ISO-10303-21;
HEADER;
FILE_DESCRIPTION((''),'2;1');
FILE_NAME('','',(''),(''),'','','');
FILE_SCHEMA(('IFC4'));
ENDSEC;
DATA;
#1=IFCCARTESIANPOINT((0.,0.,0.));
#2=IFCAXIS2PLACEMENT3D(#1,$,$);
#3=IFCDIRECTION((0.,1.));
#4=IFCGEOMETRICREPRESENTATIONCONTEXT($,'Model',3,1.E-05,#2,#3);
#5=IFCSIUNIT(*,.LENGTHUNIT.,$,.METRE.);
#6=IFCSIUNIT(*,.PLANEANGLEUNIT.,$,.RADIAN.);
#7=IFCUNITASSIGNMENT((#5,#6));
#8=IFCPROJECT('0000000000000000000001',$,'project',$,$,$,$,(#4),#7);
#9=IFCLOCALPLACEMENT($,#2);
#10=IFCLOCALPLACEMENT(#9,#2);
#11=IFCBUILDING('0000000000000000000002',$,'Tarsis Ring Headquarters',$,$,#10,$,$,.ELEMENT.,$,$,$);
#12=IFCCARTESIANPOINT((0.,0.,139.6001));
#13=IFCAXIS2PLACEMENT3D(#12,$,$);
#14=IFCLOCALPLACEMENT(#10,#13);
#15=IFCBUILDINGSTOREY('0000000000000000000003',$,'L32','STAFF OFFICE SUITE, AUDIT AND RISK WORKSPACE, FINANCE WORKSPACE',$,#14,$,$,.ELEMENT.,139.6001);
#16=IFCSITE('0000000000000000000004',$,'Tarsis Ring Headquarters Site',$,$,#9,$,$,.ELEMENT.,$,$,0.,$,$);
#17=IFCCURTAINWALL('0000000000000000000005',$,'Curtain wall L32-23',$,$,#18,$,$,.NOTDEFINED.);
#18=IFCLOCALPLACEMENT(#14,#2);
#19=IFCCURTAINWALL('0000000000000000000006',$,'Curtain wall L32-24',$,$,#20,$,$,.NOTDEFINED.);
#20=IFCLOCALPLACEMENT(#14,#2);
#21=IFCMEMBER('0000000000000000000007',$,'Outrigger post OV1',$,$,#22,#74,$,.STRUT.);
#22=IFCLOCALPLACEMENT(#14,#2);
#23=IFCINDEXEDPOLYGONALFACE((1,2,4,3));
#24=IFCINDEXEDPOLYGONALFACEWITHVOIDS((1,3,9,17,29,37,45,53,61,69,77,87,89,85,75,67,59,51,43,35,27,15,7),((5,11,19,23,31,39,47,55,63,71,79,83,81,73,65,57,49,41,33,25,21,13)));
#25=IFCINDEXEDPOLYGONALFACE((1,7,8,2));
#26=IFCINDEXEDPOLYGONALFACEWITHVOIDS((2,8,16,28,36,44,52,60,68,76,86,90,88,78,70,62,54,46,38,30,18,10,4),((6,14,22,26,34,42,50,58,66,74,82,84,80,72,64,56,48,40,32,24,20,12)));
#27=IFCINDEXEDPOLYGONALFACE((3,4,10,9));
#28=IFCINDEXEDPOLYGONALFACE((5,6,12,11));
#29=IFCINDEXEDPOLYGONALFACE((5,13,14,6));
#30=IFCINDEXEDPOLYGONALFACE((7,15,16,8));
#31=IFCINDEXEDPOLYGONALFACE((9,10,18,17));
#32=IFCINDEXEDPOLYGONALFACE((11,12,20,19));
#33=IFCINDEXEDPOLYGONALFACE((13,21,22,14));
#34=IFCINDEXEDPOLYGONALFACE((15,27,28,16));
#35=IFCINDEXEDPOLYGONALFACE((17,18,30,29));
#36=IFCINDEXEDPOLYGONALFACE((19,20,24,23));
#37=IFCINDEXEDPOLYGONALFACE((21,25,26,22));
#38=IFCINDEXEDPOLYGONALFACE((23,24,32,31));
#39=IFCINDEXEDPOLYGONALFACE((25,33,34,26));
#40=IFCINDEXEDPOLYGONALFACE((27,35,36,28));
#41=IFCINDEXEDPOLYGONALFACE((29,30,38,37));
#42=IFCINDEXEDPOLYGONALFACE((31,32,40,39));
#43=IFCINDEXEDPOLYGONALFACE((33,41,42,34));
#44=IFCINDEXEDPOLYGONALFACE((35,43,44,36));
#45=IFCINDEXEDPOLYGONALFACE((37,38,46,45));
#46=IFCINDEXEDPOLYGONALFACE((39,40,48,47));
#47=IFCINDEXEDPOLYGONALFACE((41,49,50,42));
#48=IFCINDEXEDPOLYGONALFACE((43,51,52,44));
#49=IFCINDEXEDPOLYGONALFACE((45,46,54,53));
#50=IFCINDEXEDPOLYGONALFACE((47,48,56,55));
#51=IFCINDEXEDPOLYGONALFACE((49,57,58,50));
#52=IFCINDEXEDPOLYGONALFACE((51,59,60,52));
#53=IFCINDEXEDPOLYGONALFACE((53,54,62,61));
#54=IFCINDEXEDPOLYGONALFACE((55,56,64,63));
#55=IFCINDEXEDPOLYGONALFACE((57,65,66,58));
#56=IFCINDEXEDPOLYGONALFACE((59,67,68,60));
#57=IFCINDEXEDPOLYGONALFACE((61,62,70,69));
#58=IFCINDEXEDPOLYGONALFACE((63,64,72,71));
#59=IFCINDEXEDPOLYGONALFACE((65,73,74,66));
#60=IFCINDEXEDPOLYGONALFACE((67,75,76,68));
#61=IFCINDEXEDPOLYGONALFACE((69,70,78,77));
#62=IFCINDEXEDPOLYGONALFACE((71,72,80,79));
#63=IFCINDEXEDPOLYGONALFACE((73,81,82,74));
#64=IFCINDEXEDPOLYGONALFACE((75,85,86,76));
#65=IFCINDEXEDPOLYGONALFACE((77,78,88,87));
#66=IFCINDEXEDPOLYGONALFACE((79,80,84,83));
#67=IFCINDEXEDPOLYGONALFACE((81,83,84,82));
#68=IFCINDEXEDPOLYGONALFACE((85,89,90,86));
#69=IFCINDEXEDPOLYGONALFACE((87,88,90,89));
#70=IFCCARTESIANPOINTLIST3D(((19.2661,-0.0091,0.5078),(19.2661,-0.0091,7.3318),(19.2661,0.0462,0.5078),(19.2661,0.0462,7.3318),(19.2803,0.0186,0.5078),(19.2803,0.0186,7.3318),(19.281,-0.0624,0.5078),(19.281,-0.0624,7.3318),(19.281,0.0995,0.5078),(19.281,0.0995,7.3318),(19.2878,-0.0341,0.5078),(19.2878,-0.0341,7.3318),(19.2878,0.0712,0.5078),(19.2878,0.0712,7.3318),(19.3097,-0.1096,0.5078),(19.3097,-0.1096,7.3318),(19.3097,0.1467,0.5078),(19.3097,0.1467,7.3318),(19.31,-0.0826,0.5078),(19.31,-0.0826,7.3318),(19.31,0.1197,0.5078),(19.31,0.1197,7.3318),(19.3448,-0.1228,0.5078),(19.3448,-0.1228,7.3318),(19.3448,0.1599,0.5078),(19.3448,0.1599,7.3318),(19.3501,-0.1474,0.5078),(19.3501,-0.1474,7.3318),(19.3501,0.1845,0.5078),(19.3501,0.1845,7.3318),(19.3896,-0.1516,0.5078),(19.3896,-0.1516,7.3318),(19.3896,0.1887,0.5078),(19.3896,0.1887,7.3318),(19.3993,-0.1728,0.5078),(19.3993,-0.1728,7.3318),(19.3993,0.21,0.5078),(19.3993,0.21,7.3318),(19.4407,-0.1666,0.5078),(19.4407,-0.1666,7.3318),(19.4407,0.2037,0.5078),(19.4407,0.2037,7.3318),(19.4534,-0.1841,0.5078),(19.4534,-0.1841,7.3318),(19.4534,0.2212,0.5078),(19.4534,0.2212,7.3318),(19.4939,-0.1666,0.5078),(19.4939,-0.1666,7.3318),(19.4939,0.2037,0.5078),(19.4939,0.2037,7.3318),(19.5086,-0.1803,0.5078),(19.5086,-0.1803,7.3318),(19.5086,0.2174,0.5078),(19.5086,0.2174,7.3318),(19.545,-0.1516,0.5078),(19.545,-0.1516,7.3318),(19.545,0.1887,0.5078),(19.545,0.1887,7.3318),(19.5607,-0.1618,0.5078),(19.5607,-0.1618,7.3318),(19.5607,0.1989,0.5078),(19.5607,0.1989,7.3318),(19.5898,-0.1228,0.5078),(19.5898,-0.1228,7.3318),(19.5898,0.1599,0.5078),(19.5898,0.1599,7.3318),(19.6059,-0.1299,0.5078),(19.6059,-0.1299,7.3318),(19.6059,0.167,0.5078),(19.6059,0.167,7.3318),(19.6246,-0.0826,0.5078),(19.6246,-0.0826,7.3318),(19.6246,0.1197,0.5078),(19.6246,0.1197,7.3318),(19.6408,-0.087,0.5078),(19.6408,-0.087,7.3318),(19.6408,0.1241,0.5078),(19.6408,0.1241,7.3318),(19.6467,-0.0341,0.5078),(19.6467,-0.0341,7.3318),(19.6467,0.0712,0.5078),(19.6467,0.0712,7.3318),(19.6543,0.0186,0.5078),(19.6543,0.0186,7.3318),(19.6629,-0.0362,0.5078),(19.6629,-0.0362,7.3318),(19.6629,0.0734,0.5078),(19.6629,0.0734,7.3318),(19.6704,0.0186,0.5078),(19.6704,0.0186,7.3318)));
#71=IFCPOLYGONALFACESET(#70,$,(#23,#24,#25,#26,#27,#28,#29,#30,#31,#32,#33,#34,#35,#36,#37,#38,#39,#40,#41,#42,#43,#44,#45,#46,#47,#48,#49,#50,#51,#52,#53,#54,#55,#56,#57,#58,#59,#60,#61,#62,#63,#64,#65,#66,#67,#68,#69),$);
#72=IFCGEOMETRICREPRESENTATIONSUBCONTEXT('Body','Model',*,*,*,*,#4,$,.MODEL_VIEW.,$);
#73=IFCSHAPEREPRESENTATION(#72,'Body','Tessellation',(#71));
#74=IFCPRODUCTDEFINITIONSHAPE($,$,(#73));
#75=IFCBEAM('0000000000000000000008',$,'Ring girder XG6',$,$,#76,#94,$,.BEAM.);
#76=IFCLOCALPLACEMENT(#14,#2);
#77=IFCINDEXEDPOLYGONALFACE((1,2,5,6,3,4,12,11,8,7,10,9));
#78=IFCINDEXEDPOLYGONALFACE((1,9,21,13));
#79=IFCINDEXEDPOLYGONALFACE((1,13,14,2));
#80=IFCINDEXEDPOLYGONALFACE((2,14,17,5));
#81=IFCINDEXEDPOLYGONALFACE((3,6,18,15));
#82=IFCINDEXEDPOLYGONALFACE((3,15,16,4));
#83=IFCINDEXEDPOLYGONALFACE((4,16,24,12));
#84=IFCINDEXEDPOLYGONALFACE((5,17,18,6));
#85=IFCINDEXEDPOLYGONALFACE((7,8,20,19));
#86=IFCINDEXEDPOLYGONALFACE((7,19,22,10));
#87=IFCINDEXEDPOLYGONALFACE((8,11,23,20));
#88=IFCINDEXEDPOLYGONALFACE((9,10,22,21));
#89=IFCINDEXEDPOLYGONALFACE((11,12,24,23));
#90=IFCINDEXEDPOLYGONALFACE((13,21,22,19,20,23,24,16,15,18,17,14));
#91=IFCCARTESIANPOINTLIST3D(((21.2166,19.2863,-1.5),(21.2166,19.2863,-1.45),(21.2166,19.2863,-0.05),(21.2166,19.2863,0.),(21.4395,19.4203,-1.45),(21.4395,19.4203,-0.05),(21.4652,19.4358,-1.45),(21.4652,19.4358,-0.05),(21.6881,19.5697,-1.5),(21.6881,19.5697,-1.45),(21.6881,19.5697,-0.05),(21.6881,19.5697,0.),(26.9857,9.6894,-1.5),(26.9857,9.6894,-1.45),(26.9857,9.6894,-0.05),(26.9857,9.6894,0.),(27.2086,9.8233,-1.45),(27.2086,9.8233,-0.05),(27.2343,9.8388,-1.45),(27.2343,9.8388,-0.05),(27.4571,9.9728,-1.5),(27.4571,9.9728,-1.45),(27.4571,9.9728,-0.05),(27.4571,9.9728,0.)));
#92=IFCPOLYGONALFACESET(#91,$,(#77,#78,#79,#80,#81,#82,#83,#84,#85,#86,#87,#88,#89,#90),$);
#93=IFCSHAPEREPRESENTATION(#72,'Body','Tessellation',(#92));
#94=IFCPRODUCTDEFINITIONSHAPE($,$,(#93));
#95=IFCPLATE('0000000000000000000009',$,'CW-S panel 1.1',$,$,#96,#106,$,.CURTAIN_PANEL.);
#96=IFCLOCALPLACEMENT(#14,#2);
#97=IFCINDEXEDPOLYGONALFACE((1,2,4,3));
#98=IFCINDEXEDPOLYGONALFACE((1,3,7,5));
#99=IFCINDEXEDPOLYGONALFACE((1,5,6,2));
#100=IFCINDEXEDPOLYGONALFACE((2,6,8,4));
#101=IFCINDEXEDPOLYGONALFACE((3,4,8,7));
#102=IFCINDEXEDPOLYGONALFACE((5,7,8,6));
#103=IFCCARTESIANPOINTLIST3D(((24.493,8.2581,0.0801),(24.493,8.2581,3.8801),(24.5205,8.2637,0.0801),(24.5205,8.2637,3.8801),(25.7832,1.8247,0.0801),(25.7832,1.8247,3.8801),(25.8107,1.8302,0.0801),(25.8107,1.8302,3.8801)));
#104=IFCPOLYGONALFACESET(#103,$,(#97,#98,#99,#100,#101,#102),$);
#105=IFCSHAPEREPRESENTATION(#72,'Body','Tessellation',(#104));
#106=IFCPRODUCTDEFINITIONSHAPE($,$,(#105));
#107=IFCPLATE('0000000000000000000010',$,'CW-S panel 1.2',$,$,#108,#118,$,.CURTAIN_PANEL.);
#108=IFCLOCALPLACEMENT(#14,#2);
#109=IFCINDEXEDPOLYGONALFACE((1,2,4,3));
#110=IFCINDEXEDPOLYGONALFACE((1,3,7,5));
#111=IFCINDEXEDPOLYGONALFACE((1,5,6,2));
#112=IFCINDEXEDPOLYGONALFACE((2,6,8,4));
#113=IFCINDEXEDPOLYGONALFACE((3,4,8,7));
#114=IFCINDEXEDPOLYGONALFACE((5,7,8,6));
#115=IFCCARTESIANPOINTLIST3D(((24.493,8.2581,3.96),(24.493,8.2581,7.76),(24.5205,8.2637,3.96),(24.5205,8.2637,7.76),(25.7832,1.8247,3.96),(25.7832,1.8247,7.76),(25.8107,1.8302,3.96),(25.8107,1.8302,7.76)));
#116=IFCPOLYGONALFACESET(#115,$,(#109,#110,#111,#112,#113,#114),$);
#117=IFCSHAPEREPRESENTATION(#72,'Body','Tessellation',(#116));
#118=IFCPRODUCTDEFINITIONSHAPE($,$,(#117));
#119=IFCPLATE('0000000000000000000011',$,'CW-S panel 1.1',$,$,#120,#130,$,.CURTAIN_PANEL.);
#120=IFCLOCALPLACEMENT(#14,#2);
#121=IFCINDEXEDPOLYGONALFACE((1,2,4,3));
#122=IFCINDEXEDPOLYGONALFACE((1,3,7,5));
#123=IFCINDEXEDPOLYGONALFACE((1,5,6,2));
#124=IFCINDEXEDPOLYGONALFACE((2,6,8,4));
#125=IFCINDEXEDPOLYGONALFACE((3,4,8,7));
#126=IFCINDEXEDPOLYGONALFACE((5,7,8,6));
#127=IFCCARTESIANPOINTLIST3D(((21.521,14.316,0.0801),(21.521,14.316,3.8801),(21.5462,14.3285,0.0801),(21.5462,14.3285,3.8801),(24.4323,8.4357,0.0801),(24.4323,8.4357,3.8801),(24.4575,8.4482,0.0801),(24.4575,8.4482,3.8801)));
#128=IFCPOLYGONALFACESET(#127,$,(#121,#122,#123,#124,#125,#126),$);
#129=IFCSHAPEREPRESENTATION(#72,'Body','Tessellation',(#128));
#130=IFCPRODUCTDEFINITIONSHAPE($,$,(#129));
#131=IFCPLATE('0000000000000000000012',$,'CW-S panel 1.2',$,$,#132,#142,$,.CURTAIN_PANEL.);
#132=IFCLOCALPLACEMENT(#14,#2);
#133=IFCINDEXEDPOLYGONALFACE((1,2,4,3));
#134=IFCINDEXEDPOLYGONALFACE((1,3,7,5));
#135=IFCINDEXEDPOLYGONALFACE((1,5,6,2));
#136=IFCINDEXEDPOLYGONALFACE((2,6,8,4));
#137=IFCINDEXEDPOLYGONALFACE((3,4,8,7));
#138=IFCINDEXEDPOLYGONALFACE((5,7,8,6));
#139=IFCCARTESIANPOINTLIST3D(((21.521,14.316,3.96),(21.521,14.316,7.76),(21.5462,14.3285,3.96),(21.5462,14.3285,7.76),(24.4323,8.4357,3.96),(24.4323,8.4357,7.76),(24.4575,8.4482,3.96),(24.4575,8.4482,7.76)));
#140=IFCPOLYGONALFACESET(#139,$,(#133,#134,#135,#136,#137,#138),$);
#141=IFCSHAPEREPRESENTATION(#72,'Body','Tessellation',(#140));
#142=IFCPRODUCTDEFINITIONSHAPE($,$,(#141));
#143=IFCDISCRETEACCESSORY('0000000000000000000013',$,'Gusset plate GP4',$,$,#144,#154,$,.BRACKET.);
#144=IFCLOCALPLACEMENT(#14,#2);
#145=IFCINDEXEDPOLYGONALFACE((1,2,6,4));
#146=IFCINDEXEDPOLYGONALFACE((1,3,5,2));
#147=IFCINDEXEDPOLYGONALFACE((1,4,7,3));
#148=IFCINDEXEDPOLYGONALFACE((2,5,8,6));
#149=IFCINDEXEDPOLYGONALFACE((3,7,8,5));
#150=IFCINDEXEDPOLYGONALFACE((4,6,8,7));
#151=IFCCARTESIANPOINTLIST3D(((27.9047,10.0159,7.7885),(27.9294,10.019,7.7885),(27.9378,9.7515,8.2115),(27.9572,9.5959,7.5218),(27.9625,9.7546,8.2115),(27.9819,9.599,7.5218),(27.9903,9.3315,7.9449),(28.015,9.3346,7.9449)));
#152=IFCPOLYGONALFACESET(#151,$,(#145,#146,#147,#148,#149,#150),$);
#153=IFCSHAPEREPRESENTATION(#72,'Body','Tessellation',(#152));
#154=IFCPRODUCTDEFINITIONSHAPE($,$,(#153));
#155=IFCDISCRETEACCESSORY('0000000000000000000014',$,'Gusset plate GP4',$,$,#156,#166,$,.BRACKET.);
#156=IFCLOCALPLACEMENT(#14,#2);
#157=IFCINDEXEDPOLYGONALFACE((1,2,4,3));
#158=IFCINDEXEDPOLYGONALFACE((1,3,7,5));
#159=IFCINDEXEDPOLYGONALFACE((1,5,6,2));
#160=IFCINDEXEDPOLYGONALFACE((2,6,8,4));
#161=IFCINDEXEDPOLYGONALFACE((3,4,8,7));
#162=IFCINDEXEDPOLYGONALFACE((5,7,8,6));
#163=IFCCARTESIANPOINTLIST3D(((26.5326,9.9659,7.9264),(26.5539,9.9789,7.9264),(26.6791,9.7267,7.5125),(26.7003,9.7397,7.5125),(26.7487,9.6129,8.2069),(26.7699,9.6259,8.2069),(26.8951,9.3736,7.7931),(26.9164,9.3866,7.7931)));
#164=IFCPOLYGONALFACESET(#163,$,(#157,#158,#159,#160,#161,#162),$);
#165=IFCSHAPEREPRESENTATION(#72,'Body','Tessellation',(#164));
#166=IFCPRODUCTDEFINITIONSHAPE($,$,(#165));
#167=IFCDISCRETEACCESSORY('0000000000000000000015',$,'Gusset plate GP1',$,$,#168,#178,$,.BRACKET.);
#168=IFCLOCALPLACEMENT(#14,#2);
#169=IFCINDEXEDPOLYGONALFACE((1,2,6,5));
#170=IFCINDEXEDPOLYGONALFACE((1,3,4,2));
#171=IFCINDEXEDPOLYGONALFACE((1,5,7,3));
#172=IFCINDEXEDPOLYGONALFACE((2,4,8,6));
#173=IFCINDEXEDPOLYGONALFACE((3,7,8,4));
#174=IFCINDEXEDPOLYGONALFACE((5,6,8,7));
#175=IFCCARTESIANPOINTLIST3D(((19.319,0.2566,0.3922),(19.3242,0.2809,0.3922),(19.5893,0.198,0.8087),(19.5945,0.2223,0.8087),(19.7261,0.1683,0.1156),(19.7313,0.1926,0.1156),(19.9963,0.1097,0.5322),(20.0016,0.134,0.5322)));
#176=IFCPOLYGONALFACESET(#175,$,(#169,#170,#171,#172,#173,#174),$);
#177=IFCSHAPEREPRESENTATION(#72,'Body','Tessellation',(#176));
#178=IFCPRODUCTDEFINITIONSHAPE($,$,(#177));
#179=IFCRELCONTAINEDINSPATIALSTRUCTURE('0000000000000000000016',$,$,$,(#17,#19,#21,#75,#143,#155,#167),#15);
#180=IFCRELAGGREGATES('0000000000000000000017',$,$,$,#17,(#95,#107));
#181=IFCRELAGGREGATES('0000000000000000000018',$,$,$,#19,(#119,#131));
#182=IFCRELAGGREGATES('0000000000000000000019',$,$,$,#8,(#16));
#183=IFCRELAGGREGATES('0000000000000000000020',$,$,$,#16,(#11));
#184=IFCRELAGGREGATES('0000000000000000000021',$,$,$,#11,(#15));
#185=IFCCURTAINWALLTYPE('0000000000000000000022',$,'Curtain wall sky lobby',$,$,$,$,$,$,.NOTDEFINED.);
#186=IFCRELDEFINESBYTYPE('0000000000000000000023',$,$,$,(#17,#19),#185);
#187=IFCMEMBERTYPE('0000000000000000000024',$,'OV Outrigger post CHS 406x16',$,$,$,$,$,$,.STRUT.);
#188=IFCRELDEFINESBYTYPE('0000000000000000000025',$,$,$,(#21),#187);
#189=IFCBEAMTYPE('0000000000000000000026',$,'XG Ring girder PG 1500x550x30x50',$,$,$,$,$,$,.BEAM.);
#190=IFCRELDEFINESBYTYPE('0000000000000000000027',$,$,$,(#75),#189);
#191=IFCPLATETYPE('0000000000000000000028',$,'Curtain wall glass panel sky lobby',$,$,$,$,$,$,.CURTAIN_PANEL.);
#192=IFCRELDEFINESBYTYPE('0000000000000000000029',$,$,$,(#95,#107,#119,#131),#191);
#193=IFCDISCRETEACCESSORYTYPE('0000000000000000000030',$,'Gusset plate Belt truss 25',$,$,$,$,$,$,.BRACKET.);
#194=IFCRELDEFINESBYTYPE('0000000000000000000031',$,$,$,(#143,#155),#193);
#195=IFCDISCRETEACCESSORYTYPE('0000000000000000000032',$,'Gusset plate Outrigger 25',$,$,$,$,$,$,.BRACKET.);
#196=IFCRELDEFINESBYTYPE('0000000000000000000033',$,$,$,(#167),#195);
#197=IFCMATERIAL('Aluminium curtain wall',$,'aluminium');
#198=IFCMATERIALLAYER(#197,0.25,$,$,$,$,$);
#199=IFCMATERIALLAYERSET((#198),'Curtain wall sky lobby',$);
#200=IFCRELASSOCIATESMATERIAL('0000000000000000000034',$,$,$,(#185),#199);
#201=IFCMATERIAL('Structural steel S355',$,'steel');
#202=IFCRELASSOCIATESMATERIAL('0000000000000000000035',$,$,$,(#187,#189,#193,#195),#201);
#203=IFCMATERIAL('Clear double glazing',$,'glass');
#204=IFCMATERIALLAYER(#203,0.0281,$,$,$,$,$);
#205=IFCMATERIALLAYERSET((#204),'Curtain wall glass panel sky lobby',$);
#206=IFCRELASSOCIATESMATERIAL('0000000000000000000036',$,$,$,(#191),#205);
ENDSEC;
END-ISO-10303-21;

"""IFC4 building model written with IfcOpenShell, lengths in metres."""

from ifc_helpers import new_model, si_unit, direction, frame, origin, origin_2d, place, context, subcontext, project, spatial, rectangle, hollow_circle, i_section, extrude, material, layer, layer_set, material_profile, profile_set, type_object, element, aggregate, save


model = new_model("IFC4")

# Units and contexts
model_context = context("Model", 3, precision=1e-05, world=origin(), true_north=direction((0.0, 1.0)))
body_context = subcontext(model_context, "Body", "Model", "MODEL_VIEW")
ifc_project = project(units=[si_unit("LENGTHUNIT", "METRE"), si_unit("PLANEANGLEUNIT", "RADIAN")], contexts=[model_context])

# Site, building, storey
site_placement = place(None, origin())
site = spatial("IfcSite", under=ifc_project, at=site_placement, Name="Tarsis Ring Headquarters Site", CompositionType="ELEMENT", RefElevation=0.0)
building_placement = place(site_placement, origin())
building = spatial("IfcBuilding", under=site, at=building_placement, Name="Tarsis Ring Headquarters", CompositionType="ELEMENT")
storey_placement = place(building_placement, frame((0.0, 0.0, 139.6001)))
storey = spatial("IfcBuildingStorey", under=building, at=storey_placement, Name="L32", Description="STAFF OFFICE SUITE, AUDIT AND RISK WORKSPACE, FINANCE WORKSPACE", CompositionType="ELEMENT", Elevation=139.6001)

# Shared definitions
ifc_material_1 = material(Name="Structural steel S355", Category="steel")

# Curtain wall
ifc_material_2 = material(Name="Aluminium curtain wall", Category="aluminium")
ifc_layer_1 = layer(ifc_material_2, 0.25)
ifc_layer_set_1 = layer_set([ifc_layer_1], Name="Curtain wall sky lobby")
curtain_wall_type = type_object("IfcCurtainWallType", Name="Curtain wall sky lobby", PredefinedType="NOTDEFINED", material=ifc_layer_set_1)
curtain_wall_1_placement = place(storey_placement, origin())
curtain_wall_1 = element("IfcCurtainWall", 1, at=curtain_wall_1_placement, inside=storey, type_object=curtain_wall_type, Name="Curtain wall L32-23", PredefinedType="NOTDEFINED")

# Curtain wall
curtain_wall_2_placement = place(storey_placement, origin())
curtain_wall_2 = element("IfcCurtainWall", 2, at=curtain_wall_2_placement, inside=storey, type_object=curtain_wall_type, Name="Curtain wall L32-24", PredefinedType="NOTDEFINED")

# Member
ifc_material_profile_1 = material_profile(ifc_material_1, hollow_circle(Radius=0.2031, WallThickness=0.0161, at=origin_2d()), Name="CHS 406x16")
ifc_profile_set_1 = profile_set([ifc_material_profile_1], Name="Structural steel S355")
member_type_1 = type_object("IfcMemberType", Name="OV Outrigger post CHS 406x16", PredefinedType="STRUT", material=ifc_profile_set_1)
member_1_placement = place(storey_placement, frame((19.4673, 0.0186, 0.5078), z_axis=(0.0, 0.0, 1.0), x_axis=(1.0, 0.0, 0.0)))
element("IfcMember", 3, at=member_1_placement, inside=storey, type_object=member_type_1, Name="Outrigger post OV1", PredefinedType="STRUT", context=body_context, shape_type="SweptSolid", body=[
    extrude(hollow_circle(Radius=0.2031, WallThickness=0.0161, at=origin_2d()), origin(), (0.0, 0.0, 1.0), 6.824),
])

# Beam
ifc_material_profile_2 = material_profile(ifc_material_1, i_section(OverallWidth=0.55, OverallDepth=1.5, WebThickness=0.03, FlangeThickness=0.05, at=origin_2d()), Name="PG 1500x550x30x50")
ifc_profile_set_2 = profile_set([ifc_material_profile_2], Name="Structural steel S355")
beam_type_1 = type_object("IfcBeamType", Name="XG Ring girder PG 1500x550x30x50", PredefinedType="BEAM", material=ifc_profile_set_2)
beam_1_placement = place(storey_placement, frame((27.2214, 9.8311, -0.75), z_axis=(-0.515211, 0.857064, 0.0), x_axis=(-0.857064, -0.515211, 0.0)))
element("IfcBeam", 4, at=beam_1_placement, inside=storey, type_object=beam_type_1, Name="Ring girder XG6", PredefinedType="BEAM", context=body_context, shape_type="SweptSolid", body=[
    extrude(i_section(OverallWidth=0.55, OverallDepth=1.5, WebThickness=0.03, FlangeThickness=0.05, at=origin_2d()), origin(), (0.0, 0.0, 1.0), 11.1975),
])

# Plates
ifc_material_3 = material(Name="Clear double glazing", Category="glass")
ifc_layer_2 = layer(ifc_material_3, 0.0281)
ifc_layer_set_2 = layer_set([ifc_layer_2], Name="Curtain wall glass panel sky lobby")
plate_type = type_object("IfcPlateType", Name="Curtain wall glass panel sky lobby", PredefinedType="CURTAIN_PANEL", material=ifc_layer_set_2)
plate_1_placement = place(storey_placement, frame((25.1519, 5.0442, 0.0801), z_axis=(0.0, 0.0, 1.0), x_axis=(-0.196631, 0.980478, 0.0)))
plate_1 = element("IfcPlate", 5, at=plate_1_placement, type_object=plate_type, Name="CW-S panel 1.1", PredefinedType="CURTAIN_PANEL", context=body_context, shape_type="SweptSolid", body=[
    extrude(rectangle(XDim=6.5615, YDim=0.0281, at=origin_2d()), origin(), (0.0, 0.0, 1.0), 3.8),
])
plate_2_placement = place(storey_placement, frame((25.1519, 5.0442, 3.96), z_axis=(0.0, 0.0, 1.0), x_axis=(-0.196631, 0.980478, 0.0)))
plate_2 = element("IfcPlate", 6, at=plate_2_placement, type_object=plate_type, Name="CW-S panel 1.2", PredefinedType="CURTAIN_PANEL", context=body_context, shape_type="SweptSolid", body=[
    extrude(rectangle(XDim=6.5615, YDim=0.0281, at=origin_2d()), origin(), (0.0, 0.0, 1.0), 3.8),
])
aggregate(curtain_wall_1, [plate_1, plate_2])
plate_3_placement = place(storey_placement, frame((22.9893, 11.3821, 0.0801), z_axis=(0.0, 0.0, 1.0), x_axis=(-0.443697, 0.896177, 0.0)))
plate_3 = element("IfcPlate", 7, at=plate_3_placement, type_object=plate_type, Name="CW-S panel 1.1", PredefinedType="CURTAIN_PANEL", context=body_context, shape_type="SweptSolid", body=[
    extrude(rectangle(XDim=6.5615, YDim=0.0281, at=origin_2d()), origin(), (0.0, 0.0, 1.0), 3.8),
])
plate_4_placement = place(storey_placement, frame((22.9893, 11.3821, 3.96), z_axis=(0.0, 0.0, 1.0), x_axis=(-0.443697, 0.896177, 0.0)))
plate_4 = element("IfcPlate", 8, at=plate_4_placement, type_object=plate_type, Name="CW-S panel 1.2", PredefinedType="CURTAIN_PANEL", context=body_context, shape_type="SweptSolid", body=[
    extrude(rectangle(XDim=6.5615, YDim=0.0281, at=origin_2d()), origin(), (0.0, 0.0, 1.0), 3.8),
])
aggregate(curtain_wall_2, [plate_3, plate_4])

# Discrete accessories
ifc_material_profile_3 = material_profile(ifc_material_1, rectangle(XDim=0.0249, YDim=0.5, at=origin_2d()), Name="PL 25x500")
ifc_profile_set_3 = profile_set([ifc_material_profile_3], Name="Structural steel S355")
discrete_accessory_type_1 = type_object("IfcDiscreteAccessoryType", Name="Gusset plate Belt truss 25", PredefinedType="BRACKET", material=ifc_profile_set_3)
discrete_accessory_1_placement = place(storey_placement, frame((27.9336, 9.8853, 8.0), z_axis=(0.104946, -0.839565, -0.533026), x_axis=(0.992278, 0.124035, 0.0)))
element("IfcDiscreteAccessory", 9, at=discrete_accessory_1_placement, inside=storey, type_object=discrete_accessory_type_1, Name="Gusset plate GP4", PredefinedType="BRACKET", context=body_context, shape_type="SweptSolid", body=[
    extrude(rectangle(XDim=0.0249, YDim=0.5, at=origin_2d()), origin(), (0.0, 0.0, 1.0), 0.5002),
])
discrete_accessory_2_placement = place(storey_placement, frame((26.8325, 9.4998, 8.0), z_axis=(-0.432127, 0.706051, -0.561033), x_axis=(-0.852932, -0.522023, 0.0)))
element("IfcDiscreteAccessory", 10, at=discrete_accessory_2_placement, inside=storey, type_object=discrete_accessory_type_1, Name="Gusset plate GP4", PredefinedType="BRACKET", context=body_context, shape_type="SweptSolid", body=[
    extrude(rectangle(XDim=0.0249, YDim=0.5, at=origin_2d()), origin(), (0.0, 0.0, 1.0), 0.5),
])
discrete_accessory_type_2 = type_object("IfcDiscreteAccessoryType", Name="Gusset plate Outrigger 25", PredefinedType="BRACKET", material=ifc_profile_set_3)
discrete_accessory_3_placement = place(storey_placement, frame((19.5251, 0.2246, 0.2539), z_axis=(0.54058, -0.117199, 0.833089), x_axis=(0.21188, 0.977296, 0.0)))
element("IfcDiscreteAccessory", 11, at=discrete_accessory_3_placement, inside=storey, type_object=discrete_accessory_type_2, Name="Gusset plate GP1", PredefinedType="BRACKET", context=body_context, shape_type="SweptSolid", body=[
    extrude(rectangle(XDim=0.0249, YDim=0.5, at=origin_2d()), origin(), (0.0, 0.0, 1.0), 0.5),
])

save(model, "model.ifc")
